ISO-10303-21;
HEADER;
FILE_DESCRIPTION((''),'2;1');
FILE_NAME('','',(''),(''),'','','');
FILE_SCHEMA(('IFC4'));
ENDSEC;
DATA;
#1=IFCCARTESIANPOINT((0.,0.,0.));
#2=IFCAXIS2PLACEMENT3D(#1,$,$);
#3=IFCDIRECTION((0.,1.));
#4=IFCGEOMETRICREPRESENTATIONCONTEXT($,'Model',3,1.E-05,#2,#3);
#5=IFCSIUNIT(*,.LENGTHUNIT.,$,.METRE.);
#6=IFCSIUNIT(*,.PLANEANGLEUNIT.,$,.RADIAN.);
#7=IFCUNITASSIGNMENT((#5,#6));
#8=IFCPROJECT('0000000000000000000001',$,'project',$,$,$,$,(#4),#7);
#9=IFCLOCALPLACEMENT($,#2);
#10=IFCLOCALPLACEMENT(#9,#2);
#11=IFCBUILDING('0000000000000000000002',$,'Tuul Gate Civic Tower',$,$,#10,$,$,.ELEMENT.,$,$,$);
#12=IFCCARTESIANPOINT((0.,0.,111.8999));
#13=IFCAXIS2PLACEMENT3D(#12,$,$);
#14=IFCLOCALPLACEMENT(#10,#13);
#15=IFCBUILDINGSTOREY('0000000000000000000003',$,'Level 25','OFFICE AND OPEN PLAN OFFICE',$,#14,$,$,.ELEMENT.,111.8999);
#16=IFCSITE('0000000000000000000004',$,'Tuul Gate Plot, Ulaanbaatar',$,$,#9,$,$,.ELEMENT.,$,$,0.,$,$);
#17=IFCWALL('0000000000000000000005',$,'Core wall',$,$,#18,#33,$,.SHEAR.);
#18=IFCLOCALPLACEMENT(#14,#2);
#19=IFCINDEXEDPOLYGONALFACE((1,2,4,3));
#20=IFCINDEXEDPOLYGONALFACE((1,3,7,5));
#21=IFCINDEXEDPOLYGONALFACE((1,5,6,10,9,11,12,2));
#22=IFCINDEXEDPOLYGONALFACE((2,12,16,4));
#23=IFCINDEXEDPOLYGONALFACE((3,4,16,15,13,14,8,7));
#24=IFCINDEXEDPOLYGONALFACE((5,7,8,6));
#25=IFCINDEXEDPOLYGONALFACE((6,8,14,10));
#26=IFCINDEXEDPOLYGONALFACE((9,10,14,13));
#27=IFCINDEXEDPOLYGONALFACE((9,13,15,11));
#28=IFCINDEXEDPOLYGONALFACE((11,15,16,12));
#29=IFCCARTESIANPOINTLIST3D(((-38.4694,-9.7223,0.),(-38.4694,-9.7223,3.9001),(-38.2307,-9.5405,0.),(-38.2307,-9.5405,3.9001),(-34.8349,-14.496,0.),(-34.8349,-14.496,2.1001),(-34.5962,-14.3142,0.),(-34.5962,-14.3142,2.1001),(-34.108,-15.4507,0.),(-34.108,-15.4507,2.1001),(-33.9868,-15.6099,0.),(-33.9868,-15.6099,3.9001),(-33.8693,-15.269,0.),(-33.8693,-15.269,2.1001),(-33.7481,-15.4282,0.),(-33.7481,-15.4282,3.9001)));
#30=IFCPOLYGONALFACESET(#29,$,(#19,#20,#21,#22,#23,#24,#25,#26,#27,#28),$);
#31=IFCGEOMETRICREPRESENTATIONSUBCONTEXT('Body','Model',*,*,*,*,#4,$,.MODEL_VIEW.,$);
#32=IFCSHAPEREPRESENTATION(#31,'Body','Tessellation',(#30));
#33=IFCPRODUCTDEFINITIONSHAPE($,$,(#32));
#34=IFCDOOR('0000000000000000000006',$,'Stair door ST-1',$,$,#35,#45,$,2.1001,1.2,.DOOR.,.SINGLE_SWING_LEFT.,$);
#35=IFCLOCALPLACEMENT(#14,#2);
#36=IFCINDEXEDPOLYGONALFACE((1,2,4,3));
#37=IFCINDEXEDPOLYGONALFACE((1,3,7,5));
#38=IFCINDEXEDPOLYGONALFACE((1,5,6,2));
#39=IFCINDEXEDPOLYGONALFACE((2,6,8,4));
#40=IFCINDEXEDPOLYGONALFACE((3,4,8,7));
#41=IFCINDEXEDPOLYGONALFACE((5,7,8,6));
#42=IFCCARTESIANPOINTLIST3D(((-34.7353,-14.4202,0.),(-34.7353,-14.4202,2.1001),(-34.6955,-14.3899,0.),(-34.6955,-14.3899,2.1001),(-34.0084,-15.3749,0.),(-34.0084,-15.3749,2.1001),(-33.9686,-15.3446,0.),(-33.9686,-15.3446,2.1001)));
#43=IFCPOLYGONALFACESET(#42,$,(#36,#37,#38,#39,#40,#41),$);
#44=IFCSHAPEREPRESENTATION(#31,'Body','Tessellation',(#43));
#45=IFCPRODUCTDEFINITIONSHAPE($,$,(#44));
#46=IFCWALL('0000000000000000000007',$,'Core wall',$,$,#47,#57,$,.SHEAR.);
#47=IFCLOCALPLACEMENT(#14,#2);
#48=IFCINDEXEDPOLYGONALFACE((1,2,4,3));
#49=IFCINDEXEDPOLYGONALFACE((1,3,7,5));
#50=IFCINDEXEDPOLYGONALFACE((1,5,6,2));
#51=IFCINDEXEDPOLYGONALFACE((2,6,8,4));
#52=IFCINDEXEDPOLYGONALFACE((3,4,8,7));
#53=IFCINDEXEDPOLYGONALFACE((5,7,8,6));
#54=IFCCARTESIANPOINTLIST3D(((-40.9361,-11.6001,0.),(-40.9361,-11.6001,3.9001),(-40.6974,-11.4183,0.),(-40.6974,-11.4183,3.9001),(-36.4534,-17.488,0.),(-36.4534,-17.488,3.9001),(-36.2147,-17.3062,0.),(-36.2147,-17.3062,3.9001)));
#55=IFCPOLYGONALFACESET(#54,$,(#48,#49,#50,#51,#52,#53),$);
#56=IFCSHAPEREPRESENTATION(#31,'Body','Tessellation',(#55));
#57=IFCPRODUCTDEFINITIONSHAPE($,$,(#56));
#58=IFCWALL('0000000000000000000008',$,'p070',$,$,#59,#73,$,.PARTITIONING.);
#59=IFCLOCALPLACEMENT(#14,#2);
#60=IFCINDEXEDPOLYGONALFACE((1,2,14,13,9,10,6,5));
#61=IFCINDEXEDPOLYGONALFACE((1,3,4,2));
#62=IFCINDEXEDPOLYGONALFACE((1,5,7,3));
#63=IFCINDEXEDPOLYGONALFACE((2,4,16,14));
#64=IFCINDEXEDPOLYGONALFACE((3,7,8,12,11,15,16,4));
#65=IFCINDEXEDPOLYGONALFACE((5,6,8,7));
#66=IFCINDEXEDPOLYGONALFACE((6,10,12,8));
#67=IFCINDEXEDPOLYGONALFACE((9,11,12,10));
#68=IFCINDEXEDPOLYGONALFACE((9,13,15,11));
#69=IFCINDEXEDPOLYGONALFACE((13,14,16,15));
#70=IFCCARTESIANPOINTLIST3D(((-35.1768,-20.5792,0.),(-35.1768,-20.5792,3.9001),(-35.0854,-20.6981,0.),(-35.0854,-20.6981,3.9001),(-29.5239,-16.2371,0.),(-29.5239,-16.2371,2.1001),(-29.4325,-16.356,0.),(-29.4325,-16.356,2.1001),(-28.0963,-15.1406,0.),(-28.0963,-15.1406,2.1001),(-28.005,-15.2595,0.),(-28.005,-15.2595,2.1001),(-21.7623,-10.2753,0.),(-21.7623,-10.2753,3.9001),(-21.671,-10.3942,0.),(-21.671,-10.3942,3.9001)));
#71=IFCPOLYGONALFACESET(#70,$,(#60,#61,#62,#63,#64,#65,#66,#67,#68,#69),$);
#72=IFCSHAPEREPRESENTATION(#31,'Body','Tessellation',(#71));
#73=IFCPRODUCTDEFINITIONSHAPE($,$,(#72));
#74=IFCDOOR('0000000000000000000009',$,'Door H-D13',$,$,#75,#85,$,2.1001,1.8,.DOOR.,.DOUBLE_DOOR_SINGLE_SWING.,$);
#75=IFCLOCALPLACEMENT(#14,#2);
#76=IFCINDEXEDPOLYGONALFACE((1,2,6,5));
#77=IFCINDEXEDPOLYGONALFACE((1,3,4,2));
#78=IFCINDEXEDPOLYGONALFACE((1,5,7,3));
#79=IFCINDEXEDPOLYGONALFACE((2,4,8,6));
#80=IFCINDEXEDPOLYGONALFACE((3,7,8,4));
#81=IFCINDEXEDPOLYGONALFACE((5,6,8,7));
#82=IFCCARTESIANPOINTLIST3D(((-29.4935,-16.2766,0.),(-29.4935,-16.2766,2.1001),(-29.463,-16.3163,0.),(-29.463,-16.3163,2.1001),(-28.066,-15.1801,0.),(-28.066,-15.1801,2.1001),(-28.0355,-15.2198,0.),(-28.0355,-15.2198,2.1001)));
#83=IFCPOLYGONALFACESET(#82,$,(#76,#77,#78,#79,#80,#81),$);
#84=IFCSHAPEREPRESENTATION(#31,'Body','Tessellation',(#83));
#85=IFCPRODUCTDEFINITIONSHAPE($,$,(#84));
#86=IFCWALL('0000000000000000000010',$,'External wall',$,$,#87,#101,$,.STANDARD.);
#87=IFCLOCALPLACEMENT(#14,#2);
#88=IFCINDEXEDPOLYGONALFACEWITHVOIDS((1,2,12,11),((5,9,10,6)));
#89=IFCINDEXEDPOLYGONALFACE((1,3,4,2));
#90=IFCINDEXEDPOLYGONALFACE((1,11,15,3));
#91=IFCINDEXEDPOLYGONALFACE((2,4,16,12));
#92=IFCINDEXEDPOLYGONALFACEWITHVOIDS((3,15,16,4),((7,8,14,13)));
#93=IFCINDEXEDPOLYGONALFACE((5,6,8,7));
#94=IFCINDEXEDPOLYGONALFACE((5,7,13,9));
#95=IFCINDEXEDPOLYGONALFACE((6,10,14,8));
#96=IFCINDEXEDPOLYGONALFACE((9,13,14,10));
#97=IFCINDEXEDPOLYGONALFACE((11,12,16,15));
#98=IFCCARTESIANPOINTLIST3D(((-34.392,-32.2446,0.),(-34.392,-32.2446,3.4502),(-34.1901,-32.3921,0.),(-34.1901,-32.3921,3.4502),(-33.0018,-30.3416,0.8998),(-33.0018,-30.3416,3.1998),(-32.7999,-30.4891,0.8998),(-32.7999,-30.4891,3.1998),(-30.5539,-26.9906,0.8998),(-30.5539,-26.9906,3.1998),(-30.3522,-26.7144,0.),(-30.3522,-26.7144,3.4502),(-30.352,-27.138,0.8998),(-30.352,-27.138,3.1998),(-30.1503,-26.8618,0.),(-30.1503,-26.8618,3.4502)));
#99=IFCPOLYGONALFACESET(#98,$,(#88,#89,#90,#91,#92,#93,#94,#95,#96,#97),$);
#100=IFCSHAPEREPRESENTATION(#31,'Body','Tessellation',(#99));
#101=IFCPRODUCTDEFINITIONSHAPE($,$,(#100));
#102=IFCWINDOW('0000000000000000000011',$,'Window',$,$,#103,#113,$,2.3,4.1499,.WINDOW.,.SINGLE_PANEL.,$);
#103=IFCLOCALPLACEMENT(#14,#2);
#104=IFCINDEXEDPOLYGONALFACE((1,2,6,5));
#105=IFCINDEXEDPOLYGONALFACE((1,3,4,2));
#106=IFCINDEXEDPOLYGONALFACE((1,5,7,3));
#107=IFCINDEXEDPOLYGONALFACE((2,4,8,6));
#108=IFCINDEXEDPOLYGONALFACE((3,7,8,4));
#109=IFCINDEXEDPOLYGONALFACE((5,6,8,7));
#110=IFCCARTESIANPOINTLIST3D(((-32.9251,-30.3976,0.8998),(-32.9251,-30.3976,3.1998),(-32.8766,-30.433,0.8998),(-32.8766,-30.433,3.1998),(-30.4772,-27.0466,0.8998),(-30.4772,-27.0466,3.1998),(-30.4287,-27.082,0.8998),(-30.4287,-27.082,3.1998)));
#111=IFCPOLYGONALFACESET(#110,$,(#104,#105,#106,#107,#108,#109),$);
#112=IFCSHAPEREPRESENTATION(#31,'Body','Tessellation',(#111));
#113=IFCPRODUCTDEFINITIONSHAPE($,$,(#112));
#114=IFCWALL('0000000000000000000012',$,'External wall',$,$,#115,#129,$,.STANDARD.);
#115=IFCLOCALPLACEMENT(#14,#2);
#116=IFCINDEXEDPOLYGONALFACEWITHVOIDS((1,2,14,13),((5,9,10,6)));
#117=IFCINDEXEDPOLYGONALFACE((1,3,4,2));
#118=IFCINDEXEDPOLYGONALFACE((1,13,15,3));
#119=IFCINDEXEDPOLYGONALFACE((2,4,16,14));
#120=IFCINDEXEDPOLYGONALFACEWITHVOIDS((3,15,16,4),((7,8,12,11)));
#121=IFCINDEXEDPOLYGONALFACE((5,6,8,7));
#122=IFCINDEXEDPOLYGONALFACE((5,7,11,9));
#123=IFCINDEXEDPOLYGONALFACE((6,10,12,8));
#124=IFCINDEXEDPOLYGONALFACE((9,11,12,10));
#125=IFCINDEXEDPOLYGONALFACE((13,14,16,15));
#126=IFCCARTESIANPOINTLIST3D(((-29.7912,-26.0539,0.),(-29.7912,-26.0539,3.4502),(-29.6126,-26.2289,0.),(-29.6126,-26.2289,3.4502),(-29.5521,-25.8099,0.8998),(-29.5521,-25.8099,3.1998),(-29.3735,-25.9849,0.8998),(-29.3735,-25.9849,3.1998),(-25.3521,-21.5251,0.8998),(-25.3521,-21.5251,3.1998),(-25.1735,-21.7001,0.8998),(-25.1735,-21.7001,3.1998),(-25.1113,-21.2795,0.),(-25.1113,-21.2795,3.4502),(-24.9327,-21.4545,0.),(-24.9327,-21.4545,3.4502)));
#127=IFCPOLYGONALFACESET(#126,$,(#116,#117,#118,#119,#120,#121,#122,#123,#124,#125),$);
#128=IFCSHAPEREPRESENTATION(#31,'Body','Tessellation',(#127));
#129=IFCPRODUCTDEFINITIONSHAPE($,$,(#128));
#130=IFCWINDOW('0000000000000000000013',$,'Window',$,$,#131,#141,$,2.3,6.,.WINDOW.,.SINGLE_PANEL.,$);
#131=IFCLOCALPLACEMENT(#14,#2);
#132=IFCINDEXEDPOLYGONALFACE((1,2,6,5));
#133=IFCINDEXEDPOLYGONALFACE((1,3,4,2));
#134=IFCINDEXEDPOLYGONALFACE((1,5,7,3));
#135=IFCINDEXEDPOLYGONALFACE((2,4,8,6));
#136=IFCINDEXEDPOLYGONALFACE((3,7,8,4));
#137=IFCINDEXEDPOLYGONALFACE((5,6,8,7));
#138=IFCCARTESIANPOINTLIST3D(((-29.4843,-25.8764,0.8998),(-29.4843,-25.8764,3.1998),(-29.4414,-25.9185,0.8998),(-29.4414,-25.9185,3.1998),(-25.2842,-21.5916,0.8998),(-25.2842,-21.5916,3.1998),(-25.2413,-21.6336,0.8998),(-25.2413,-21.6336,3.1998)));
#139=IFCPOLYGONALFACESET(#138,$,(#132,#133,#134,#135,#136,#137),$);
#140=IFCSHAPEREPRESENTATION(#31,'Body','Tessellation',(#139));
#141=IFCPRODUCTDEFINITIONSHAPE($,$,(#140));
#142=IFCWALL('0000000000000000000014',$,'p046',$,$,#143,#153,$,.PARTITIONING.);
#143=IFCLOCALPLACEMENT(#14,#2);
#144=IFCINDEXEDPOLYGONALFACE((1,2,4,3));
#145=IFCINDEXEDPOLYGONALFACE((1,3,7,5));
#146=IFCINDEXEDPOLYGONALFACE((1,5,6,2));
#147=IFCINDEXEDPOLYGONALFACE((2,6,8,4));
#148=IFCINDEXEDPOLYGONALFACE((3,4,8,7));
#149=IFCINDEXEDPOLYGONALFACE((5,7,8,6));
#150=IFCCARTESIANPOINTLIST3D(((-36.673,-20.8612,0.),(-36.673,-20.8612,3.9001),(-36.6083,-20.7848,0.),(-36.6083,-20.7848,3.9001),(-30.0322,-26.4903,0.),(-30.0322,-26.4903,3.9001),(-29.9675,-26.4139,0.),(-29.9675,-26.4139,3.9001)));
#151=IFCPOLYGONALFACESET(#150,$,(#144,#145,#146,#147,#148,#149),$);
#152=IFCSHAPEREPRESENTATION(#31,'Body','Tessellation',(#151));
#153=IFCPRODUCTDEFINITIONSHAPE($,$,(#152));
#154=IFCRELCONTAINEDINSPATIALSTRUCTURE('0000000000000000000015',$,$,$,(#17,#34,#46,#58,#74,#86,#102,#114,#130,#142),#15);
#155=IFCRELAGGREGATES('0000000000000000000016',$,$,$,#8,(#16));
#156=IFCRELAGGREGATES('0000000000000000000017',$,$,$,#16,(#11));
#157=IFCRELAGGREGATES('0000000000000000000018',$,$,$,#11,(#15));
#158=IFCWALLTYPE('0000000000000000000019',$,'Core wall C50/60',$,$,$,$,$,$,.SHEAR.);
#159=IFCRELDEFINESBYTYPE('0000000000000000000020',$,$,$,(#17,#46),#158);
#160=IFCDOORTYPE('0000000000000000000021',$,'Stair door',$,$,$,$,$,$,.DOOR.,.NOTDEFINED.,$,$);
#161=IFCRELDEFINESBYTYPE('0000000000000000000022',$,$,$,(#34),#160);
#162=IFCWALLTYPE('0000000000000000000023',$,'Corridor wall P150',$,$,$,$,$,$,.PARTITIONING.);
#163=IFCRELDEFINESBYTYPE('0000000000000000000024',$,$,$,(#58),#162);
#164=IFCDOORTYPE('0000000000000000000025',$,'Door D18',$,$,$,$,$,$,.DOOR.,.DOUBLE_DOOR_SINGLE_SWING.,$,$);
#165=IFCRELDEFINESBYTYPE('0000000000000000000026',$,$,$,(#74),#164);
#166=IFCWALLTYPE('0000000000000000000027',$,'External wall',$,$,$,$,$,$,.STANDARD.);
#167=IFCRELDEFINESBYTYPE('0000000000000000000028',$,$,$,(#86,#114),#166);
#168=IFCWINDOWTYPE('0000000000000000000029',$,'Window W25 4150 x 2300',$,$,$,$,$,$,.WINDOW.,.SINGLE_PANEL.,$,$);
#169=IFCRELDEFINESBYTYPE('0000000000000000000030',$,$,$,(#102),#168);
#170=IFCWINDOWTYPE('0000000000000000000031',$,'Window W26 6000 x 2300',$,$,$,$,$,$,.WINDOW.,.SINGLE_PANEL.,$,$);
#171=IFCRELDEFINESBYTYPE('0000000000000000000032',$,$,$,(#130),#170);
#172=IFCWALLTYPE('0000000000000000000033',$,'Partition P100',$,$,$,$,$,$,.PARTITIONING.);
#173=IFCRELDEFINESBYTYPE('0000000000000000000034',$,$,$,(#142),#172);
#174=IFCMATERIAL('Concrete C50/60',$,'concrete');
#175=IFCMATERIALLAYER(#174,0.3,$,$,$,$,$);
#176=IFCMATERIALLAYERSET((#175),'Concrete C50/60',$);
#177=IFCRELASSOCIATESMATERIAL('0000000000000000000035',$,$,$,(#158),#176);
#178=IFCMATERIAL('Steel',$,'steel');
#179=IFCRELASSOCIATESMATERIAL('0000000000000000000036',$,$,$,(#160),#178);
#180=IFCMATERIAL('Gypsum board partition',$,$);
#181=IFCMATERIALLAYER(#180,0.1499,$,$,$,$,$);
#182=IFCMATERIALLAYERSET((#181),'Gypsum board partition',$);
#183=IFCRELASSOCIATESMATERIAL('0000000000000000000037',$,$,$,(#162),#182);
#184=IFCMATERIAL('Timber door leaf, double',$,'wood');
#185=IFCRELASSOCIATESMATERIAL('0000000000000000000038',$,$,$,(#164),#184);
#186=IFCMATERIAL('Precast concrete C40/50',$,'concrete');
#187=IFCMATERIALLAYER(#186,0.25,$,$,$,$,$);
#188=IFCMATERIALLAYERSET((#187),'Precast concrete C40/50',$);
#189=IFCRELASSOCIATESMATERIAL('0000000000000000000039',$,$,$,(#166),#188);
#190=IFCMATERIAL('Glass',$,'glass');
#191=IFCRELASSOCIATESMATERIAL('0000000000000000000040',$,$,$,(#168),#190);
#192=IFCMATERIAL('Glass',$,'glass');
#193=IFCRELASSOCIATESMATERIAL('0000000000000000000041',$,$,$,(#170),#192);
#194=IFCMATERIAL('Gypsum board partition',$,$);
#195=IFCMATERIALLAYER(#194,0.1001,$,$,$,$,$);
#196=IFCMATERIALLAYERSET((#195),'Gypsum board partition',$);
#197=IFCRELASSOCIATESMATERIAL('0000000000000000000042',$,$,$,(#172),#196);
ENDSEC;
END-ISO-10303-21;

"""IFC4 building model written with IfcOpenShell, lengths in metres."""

from ifc_helpers import new_model, si_unit, direction, frame, frame_2d, origin, place, context, subcontext, project, spatial, rectangle, extrude, material, layer, layer_set, type_object, element, fill, save


model = new_model("IFC4")

# Units and contexts
model_context = context("Model", 3, precision=1e-05, world=origin(), true_north=direction((0.0, 1.0)))
body_context = subcontext(model_context, "Body", "Model", "MODEL_VIEW")
ifc_project = project(units=[si_unit("LENGTHUNIT", "METRE"), si_unit("PLANEANGLEUNIT", "RADIAN")], contexts=[model_context])

# Site, building, storey
site_placement = place(None, origin())
site = spatial("IfcSite", under=ifc_project, at=site_placement, Name="Tuul Gate Plot, Ulaanbaatar", CompositionType="ELEMENT", RefElevation=0.0)
building_placement = place(site_placement, origin())
building = spatial("IfcBuilding", under=site, at=building_placement, Name="Tuul Gate Civic Tower", CompositionType="ELEMENT")
storey_placement = place(building_placement, frame((0.0, 0.0, 111.8999)))
storey = spatial("IfcBuildingStorey", under=building, at=storey_placement, Name="Level 25", Description="OFFICE AND OPEN PLAN OFFICE", CompositionType="ELEMENT", Elevation=111.8999)

# Shared definitions
ifc_material_1 = material(Name="Concrete C50/60", Category="concrete")
ifc_layer_1 = layer(ifc_material_1, 0.3)
ifc_layer_set_1 = layer_set([ifc_layer_1], Name="Concrete C50/60")
wall_type_1 = type_object("IfcWallType", Name="Core wall C50/60", PredefinedType="SHEAR", material=ifc_layer_set_1)

# Wall, opening, door
wall_1_placement = place(storey_placement, frame((-33.8674, -15.519, 0.0), z_axis=(0.0, 0.0, 1.0), x_axis=(-0.60577, 0.79564, 0.0)))
wall_1 = element("IfcWall", 1, at=wall_1_placement, inside=storey, type_object=wall_type_1, Name="Core wall", PredefinedType="SHEAR", context=body_context, shape_type="SweptSolid", body=[
    extrude(rectangle(XDim=7.3999, YDim=0.3, at=frame_2d((3.7, 0.0))), origin(), (0.0, 0.0, 1.0), 3.9001),
])
opening_1_placement = place(wall_1_placement, frame((0.2, 0.0, 0.0)))
opening_1 = element("IfcOpeningElement", 2, at=opening_1_placement, cuts=wall_1, PredefinedType="OPENING", context=body_context, shape_type="SweptSolid", body=[
    extrude(rectangle(XDim=1.2, YDim=2.1001, at=frame_2d((0.6001, 1.05))), frame((0.0, 0.1602, 0.0), z_axis=(0.0, -1.0, 0.0), x_axis=(1.0, 0.0, 0.0)), (0.0, 0.0, 1.0), 0.3201),
])
ifc_material_2 = material(Name="Steel", Category="steel")
door_type_1 = type_object("IfcDoorType", Name="Stair door", OperationType="NOTDEFINED", PredefinedType="DOOR", material=ifc_material_2)
door_1_placement = place(opening_1_placement, origin())
door_1 = element("IfcDoor", 3, at=door_1_placement, inside=storey, type_object=door_type_1, Name="Stair door ST-1", OperationType="SINGLE_SWING_LEFT", OverallHeight=2.1001, OverallWidth=1.2, PredefinedType="DOOR", context=body_context, shape_type="SweptSolid", body=[
    extrude(rectangle(XDim=1.2, YDim=2.1001, at=frame_2d((0.6001, 1.05))), frame((0.0, 0.0249, 0.0), z_axis=(0.0, -1.0, 0.0), x_axis=(1.0, 0.0, 0.0)), (0.0, 0.0, 1.0), 0.05),
])
fill(opening_1, door_1)

# Wall
wall_2_placement = place(storey_placement, frame((-36.334, -17.3972, 0.0), z_axis=(0.0, 0.0, 1.0), x_axis=(-0.605754, 0.795652, 0.0)))
element("IfcWall", 4, at=wall_2_placement, inside=storey, type_object=wall_type_1, Name="Core wall", PredefinedType="SHEAR", context=body_context, shape_type="SweptSolid", body=[
    extrude(rectangle(XDim=7.4001, YDim=0.3, at=frame_2d((3.7002, 0.0))), origin(), (0.0, 0.0, 1.0), 3.9001),
])

# Wall, opening, door
ifc_material_3 = material(Name="Gypsum board partition")
ifc_layer_2 = layer(ifc_material_3, 0.1499)
ifc_layer_set_2 = layer_set([ifc_layer_2], Name="Gypsum board partition")
wall_type_2 = type_object("IfcWallType", Name="Corridor wall P150", PredefinedType="PARTITIONING", material=ifc_layer_set_2)
wall_3_placement = place(storey_placement, frame((-35.1311, -20.6387, 0.0), z_axis=(0.0, 0.0, 1.0), x_axis=(0.79305, 0.609156, 0.0)))
wall_3 = element("IfcWall", 5, at=wall_3_placement, inside=storey, type_object=wall_type_2, Name="p070", PredefinedType="PARTITIONING", context=body_context, shape_type="SweptSolid", body=[
    extrude(rectangle(XDim=16.915, YDim=0.1499, at=frame_2d((8.4575, 0.0))), origin(), (0.0, 0.0, 1.0), 3.9001),
])
opening_2_placement = place(wall_3_placement, frame((7.1282, 0.0, 0.0)))
opening_2 = element("IfcOpeningElement", 6, at=opening_2_placement, cuts=wall_3, PredefinedType="OPENING", context=body_context, shape_type="SweptSolid", body=[
    extrude(rectangle(XDim=1.8, YDim=2.1001, at=frame_2d((0.8999, 1.05))), frame((0.0, 0.085, 0.0), z_axis=(0.0, -1.0, 0.0), x_axis=(1.0, 0.0, 0.0)), (0.0, 0.0, 1.0), 0.1699),
])
ifc_material_4 = material(Name="Timber door leaf, double", Category="wood")
door_type_2 = type_object("IfcDoorType", Name="Door D18", OperationType="DOUBLE_DOOR_SINGLE_SWING", PredefinedType="DOOR", material=ifc_material_4)
door_2_placement = place(opening_2_placement, frame((1.8, 0.0, 0.0), z_axis=(0.0, 0.0, 1.0), x_axis=(-1.0, 0.0, 0.0)))
door_2 = element("IfcDoor", 7, at=door_2_placement, inside=storey, type_object=door_type_2, Name="Door H-D13", OperationType="DOUBLE_DOOR_SINGLE_SWING", OverallHeight=2.1001, OverallWidth=1.8, PredefinedType="DOOR", context=body_context, shape_type="SweptSolid", body=[
    extrude(rectangle(XDim=1.8, YDim=2.1001, at=frame_2d((0.9001, 1.05))), frame((0.0, 0.0249, 0.0), z_axis=(0.0, -1.0, 0.0), x_axis=(1.0, 0.0, 0.0)), (0.0, 0.0, 1.0), 0.05),
])
fill(opening_2, door_2)

# Walls, openings, windows
ifc_material_5 = material(Name="Precast concrete C40/50", Category="concrete")
ifc_layer_3 = layer(ifc_material_5, 0.25)
ifc_layer_set_3 = layer_set([ifc_layer_3], Name="Precast concrete C40/50")
wall_type_3 = type_object("IfcWallType", Name="External wall", PredefinedType="STANDARD", material=ifc_layer_set_3)
wall_4_placement = place(storey_placement, frame((-34.291, -32.3184, 0.0), z_axis=(0.0, 0.0, 1.0), x_axis=(0.589868, 0.8075, 0.0)))
wall_4 = element("IfcWall", 8, at=wall_4_placement, inside=storey, type_object=wall_type_3, Name="External wall", PredefinedType="STANDARD", context=body_context, shape_type="SweptSolid", body=[
    extrude(rectangle(XDim=6.8486, YDim=0.25, at=frame_2d((3.4243, 0.0))), origin(), (0.0, 0.0, 1.0), 3.4502),
])
opening_3_placement = place(wall_4_placement, frame((2.3567, 0.0, 0.8999)))
opening_3 = element("IfcOpeningElement", 9, at=opening_3_placement, cuts=wall_4, PredefinedType="OPENING", context=body_context, shape_type="SweptSolid", body=[
    extrude(rectangle(XDim=4.1499, YDim=2.3, at=frame_2d((2.075, 1.1499))), frame((0.0, 0.135, 0.0), z_axis=(0.0, -1.0, 0.0), x_axis=(1.0, 0.0, 0.0)), (0.0, 0.0, 1.0), 0.27),
])
ifc_material_6 = material(Name="Glass", Category="glass")
window_type_1 = type_object("IfcWindowType", Name="Window W25 4150 x 2300", PartitioningType="SINGLE_PANEL", PredefinedType="WINDOW", material=ifc_material_6)
window_1_placement = place(opening_3_placement, origin())
window_1 = element("IfcWindow", 10, at=window_1_placement, inside=storey, type_object=window_type_1, Name="Window", OverallHeight=2.3, OverallWidth=4.1499, PartitioningType="SINGLE_PANEL", PredefinedType="WINDOW", context=body_context, shape_type="SweptSolid", body=[
    extrude(rectangle(XDim=4.1499, YDim=2.3, at=frame_2d((2.075, 1.1499))), frame((0.0, 0.03, 0.0), z_axis=(0.0, -1.0, 0.0), x_axis=(1.0, 0.0, 0.0)), (0.0, 0.0, 1.0), 0.0601),
])
fill(opening_3, window_1)
wall_5_placement = place(storey_placement, frame((-29.7019, -26.1414, 0.0), z_axis=(0.0, 0.0, 1.0), x_axis=(0.700005, 0.714138, 0.0)))
wall_5 = element("IfcWall", 11, at=wall_5_placement, inside=storey, type_object=wall_type_3, Name="External wall", PredefinedType="STANDARD", context=body_context, shape_type="SweptSolid", body=[
    extrude(rectangle(XDim=6.6855, YDim=0.25, at=frame_2d((3.3428, 0.0))), origin(), (0.0, 0.0, 1.0), 3.4502),
])
opening_4_placement = place(wall_5_placement, frame((0.3416, 0.0, 0.8999)))
opening_4 = element("IfcOpeningElement", 12, at=opening_4_placement, cuts=wall_5, PredefinedType="OPENING", context=body_context, shape_type="SweptSolid", body=[
    extrude(rectangle(XDim=6.0, YDim=2.3, at=frame_2d((3.0, 1.1499))), frame((0.0, 0.135, 0.0), z_axis=(0.0, -1.0, 0.0), x_axis=(1.0, 0.0, 0.0)), (0.0, 0.0, 1.0), 0.27),
])
ifc_material_7 = material(Name="Glass", Category="glass")
window_type_2 = type_object("IfcWindowType", Name="Window W26 6000 x 2300", PartitioningType="SINGLE_PANEL", PredefinedType="WINDOW", material=ifc_material_7)
window_2_placement = place(opening_4_placement, origin())
window_2 = element("IfcWindow", 13, at=window_2_placement, inside=storey, type_object=window_type_2, Name="Window", OverallHeight=2.3, OverallWidth=6.0, PartitioningType="SINGLE_PANEL", PredefinedType="WINDOW", context=body_context, shape_type="SweptSolid", body=[
    extrude(rectangle(XDim=6.0, YDim=2.3, at=frame_2d((3.0, 1.1499))), frame((0.0, 0.03, 0.0), z_axis=(0.0, -1.0, 0.0), x_axis=(1.0, 0.0, 0.0)), (0.0, 0.0, 1.0), 0.0601),
])
fill(opening_4, window_2)

# Wall
ifc_material_8 = material(Name="Gypsum board partition")
ifc_layer_4 = layer(ifc_material_8, 0.1001)
ifc_layer_set_4 = layer_set([ifc_layer_4], Name="Gypsum board partition")
wall_type_4 = type_object("IfcWallType", Name="Partition P100", PredefinedType="PARTITIONING", material=ifc_layer_set_4)
wall_6_placement = place(storey_placement, frame((-36.6406, -20.823, 0.0), z_axis=(0.0, 0.0, 1.0), x_axis=(0.762822, -0.646608, 0.0)))
element("IfcWall", 14, at=wall_6_placement, inside=storey, type_object=wall_type_4, Name="p046", PredefinedType="PARTITIONING", context=body_context, shape_type="SweptSolid", body=[
    extrude(rectangle(XDim=8.7056, YDim=0.1001, at=frame_2d((4.3528, 0.0))), origin(), (0.0, 0.0, 1.0), 3.9001),
])

save(model, "model.ifc")
